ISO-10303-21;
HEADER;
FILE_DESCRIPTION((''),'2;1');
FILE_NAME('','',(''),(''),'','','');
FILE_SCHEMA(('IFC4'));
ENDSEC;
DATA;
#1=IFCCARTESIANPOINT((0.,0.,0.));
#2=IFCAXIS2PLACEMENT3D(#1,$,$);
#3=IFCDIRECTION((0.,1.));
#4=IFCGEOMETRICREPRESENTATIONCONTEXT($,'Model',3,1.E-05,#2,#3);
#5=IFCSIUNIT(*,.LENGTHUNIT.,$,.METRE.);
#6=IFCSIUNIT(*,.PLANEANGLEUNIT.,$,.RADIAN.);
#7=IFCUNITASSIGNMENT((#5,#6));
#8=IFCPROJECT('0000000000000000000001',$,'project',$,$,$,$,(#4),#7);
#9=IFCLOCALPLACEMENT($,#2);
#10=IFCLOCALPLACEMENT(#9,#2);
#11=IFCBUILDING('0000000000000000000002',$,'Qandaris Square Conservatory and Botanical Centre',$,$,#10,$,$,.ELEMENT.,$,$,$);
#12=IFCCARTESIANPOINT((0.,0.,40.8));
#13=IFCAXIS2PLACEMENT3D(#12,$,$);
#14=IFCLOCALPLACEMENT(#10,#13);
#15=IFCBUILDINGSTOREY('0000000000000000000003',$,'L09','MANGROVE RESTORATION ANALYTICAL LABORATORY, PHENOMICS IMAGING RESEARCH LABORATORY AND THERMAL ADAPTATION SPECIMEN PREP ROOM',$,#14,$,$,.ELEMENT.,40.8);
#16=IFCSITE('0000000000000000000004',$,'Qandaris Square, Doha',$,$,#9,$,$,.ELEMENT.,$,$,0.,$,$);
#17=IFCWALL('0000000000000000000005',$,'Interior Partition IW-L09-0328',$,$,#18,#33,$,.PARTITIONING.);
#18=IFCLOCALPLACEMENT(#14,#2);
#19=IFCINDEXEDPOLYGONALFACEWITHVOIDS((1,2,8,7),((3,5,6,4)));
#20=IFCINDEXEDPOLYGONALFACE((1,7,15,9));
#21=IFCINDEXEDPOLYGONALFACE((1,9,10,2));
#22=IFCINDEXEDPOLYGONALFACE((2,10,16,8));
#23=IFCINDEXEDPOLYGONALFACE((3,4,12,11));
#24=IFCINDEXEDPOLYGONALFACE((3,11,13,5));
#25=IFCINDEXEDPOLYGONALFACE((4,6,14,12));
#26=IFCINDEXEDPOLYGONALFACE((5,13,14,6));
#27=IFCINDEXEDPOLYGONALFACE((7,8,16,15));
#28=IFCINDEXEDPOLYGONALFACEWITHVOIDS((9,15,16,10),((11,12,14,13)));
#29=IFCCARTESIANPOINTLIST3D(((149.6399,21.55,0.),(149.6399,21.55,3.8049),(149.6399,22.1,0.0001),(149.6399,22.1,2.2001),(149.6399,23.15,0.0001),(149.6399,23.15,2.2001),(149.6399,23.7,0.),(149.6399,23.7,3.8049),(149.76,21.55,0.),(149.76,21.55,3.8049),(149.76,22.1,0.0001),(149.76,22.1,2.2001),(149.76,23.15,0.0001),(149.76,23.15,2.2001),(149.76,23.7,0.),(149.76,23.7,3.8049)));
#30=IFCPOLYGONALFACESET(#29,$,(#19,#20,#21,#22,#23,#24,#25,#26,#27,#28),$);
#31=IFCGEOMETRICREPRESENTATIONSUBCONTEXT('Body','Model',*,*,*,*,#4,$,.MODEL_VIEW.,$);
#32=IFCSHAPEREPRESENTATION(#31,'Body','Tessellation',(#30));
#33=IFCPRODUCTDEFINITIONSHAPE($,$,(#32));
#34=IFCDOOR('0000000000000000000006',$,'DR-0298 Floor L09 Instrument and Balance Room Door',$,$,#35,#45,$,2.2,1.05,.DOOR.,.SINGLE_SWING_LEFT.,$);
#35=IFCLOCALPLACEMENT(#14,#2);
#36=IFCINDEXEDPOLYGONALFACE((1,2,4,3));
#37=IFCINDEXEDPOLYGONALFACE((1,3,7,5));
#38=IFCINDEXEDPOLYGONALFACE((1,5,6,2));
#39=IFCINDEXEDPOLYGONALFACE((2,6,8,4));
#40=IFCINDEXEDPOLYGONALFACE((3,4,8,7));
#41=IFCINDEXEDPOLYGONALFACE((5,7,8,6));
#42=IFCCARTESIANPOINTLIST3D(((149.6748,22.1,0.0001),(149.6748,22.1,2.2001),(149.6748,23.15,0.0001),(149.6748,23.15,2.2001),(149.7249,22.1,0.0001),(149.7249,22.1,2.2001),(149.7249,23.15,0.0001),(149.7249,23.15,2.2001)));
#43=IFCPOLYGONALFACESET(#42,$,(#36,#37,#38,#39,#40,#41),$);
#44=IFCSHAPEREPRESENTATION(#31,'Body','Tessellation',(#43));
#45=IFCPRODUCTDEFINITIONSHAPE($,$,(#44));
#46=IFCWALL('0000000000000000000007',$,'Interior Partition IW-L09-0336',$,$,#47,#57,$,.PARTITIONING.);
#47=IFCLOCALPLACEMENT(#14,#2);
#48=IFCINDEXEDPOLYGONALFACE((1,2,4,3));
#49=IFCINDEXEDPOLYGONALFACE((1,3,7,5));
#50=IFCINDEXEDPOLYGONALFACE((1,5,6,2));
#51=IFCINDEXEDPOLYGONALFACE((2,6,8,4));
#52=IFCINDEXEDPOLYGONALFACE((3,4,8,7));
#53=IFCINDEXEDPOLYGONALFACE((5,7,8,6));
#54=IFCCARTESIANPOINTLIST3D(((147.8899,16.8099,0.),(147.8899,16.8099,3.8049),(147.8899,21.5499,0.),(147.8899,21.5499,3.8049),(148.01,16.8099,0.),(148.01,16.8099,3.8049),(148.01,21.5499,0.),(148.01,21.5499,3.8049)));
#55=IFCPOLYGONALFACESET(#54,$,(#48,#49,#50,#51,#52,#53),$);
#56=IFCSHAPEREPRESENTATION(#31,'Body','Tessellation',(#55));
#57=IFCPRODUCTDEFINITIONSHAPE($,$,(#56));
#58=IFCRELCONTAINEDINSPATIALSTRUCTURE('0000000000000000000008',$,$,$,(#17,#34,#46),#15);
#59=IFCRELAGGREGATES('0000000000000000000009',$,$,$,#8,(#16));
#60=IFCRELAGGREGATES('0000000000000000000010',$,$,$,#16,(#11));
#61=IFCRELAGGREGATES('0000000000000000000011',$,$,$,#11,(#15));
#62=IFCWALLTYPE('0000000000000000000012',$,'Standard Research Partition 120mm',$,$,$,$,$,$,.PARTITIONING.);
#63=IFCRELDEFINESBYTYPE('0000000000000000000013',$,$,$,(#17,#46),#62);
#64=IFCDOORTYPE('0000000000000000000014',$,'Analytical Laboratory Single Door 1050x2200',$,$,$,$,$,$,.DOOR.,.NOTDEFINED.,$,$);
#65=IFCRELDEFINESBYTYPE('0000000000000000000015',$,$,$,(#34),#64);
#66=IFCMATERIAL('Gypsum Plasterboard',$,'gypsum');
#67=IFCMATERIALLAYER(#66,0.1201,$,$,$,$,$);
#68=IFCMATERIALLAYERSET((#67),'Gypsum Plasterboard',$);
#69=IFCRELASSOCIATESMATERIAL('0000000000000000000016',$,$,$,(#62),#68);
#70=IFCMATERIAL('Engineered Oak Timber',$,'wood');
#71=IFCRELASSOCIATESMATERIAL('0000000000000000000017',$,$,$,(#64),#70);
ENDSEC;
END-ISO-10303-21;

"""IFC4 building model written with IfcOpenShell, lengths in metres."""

from ifc_helpers import new_model, si_unit, direction, frame, frame_2d, origin, place, context, subcontext, project, spatial, rectangle, extrude, material, layer, layer_set, type_object, element, fill, save


model = new_model("IFC4")

# Units and contexts
model_context = context("Model", 3, precision=1e-05, world=origin(), true_north=direction((0.0, 1.0)))
body_context = subcontext(model_context, "Body", "Model", "MODEL_VIEW")
ifc_project = project(units=[si_unit("LENGTHUNIT", "METRE"), si_unit("PLANEANGLEUNIT", "RADIAN")], contexts=[model_context])

# Site, building, storey
site_placement = place(None, origin())
site = spatial("IfcSite", under=ifc_project, at=site_placement, Name="Qandaris Square, Doha", CompositionType="ELEMENT", RefElevation=0.0)
building_placement = place(site_placement, origin())
building = spatial("IfcBuilding", under=site, at=building_placement, Name="Qandaris Square Conservatory and Botanical Centre", CompositionType="ELEMENT")
storey_placement = place(building_placement, frame((0.0, 0.0, 40.8)))
storey = spatial("IfcBuildingStorey", under=building, at=storey_placement, Name="L09", Description="MANGROVE RESTORATION ANALYTICAL LABORATORY, PHENOMICS IMAGING RESEARCH LABORATORY AND THERMAL ADAPTATION SPECIMEN PREP ROOM", CompositionType="ELEMENT", Elevation=40.8)

# Shared definitions
ifc_material_1 = material(Name="Gypsum Plasterboard", Category="gypsum")
ifc_material_2 = material(Name="Engineered Oak Timber", Category="wood")

# Wall, opening, door
ifc_layer_1 = layer(ifc_material_1, 0.1201)
ifc_layer_set_1 = layer_set([ifc_layer_1], Name="Gypsum Plasterboard")
wall_type_1 = type_object("IfcWallType", Name="Standard Research Partition 120mm", PredefinedType="PARTITIONING", material=ifc_layer_set_1)
wall_1_placement = place(storey_placement, frame((149.7, 23.7, 0.0), z_axis=(0.0, 0.0, 1.0), x_axis=(0.0, -1.0, 0.0)))
wall_1 = element("IfcWall", 1, at=wall_1_placement, inside=storey, type_object=wall_type_1, Name="Interior Partition IW-L09-0328", PredefinedType="PARTITIONING", context=body_context, shape_type="SweptSolid", body=[
    extrude(rectangle(XDim=2.1499, YDim=0.1201, at=frame_2d((1.075, 0.0))), origin(), (0.0, 0.0, 1.0), 3.8049),
])
opening_1_placement = place(wall_1_placement, frame((0.55, 0.0, 0.0)))
opening_1 = element("IfcOpeningElement", 2, at=opening_1_placement, cuts=wall_1, PredefinedType="OPENING", context=body_context, shape_type="SweptSolid", body=[
    extrude(rectangle(XDim=1.05, YDim=2.2, at=frame_2d((0.5249, 1.1001))), frame((0.0, 0.072, 0.0), z_axis=(0.0, -1.0, 0.0), x_axis=(1.0, 0.0, 0.0)), (0.0, 0.0, 1.0), 0.144),
])
door_type_1 = type_object("IfcDoorType", Name="Analytical Laboratory Single Door 1050x2200", OperationType="NOTDEFINED", PredefinedType="DOOR", material=ifc_material_2)
door_1_placement = place(opening_1_placement, origin())
door_1 = element("IfcDoor", 3, at=door_1_placement, inside=storey, type_object=door_type_1, Name="DR-0298 Floor L09 Instrument and Balance Room Door", OperationType="SINGLE_SWING_LEFT", OverallHeight=2.2, OverallWidth=1.05, PredefinedType="DOOR", context=body_context, shape_type="SweptSolid", body=[
    extrude(rectangle(XDim=1.05, YDim=2.2, at=frame_2d((0.5249, 1.1001))), frame((0.0, 0.0249, 0.0), z_axis=(0.0, -1.0, 0.0), x_axis=(1.0, 0.0, 0.0)), (0.0, 0.0, 1.0), 0.05),
])
fill(opening_1, door_1)

# Wall
wall_2_placement = place(storey_placement, frame((147.95, 21.55, 0.0), z_axis=(0.0, 0.0, 1.0), x_axis=(0.0, -1.0, 0.0)))
element("IfcWall", 4, at=wall_2_placement, inside=storey, type_object=wall_type_1, Name="Interior Partition IW-L09-0336", PredefinedType="PARTITIONING", context=body_context, shape_type="SweptSolid", body=[
    extrude(rectangle(XDim=4.74, YDim=0.1201, at=frame_2d((2.3701, 0.0))), origin(), (0.0, 0.0, 1.0), 3.8049),
])

save(model, "model.ifc")
